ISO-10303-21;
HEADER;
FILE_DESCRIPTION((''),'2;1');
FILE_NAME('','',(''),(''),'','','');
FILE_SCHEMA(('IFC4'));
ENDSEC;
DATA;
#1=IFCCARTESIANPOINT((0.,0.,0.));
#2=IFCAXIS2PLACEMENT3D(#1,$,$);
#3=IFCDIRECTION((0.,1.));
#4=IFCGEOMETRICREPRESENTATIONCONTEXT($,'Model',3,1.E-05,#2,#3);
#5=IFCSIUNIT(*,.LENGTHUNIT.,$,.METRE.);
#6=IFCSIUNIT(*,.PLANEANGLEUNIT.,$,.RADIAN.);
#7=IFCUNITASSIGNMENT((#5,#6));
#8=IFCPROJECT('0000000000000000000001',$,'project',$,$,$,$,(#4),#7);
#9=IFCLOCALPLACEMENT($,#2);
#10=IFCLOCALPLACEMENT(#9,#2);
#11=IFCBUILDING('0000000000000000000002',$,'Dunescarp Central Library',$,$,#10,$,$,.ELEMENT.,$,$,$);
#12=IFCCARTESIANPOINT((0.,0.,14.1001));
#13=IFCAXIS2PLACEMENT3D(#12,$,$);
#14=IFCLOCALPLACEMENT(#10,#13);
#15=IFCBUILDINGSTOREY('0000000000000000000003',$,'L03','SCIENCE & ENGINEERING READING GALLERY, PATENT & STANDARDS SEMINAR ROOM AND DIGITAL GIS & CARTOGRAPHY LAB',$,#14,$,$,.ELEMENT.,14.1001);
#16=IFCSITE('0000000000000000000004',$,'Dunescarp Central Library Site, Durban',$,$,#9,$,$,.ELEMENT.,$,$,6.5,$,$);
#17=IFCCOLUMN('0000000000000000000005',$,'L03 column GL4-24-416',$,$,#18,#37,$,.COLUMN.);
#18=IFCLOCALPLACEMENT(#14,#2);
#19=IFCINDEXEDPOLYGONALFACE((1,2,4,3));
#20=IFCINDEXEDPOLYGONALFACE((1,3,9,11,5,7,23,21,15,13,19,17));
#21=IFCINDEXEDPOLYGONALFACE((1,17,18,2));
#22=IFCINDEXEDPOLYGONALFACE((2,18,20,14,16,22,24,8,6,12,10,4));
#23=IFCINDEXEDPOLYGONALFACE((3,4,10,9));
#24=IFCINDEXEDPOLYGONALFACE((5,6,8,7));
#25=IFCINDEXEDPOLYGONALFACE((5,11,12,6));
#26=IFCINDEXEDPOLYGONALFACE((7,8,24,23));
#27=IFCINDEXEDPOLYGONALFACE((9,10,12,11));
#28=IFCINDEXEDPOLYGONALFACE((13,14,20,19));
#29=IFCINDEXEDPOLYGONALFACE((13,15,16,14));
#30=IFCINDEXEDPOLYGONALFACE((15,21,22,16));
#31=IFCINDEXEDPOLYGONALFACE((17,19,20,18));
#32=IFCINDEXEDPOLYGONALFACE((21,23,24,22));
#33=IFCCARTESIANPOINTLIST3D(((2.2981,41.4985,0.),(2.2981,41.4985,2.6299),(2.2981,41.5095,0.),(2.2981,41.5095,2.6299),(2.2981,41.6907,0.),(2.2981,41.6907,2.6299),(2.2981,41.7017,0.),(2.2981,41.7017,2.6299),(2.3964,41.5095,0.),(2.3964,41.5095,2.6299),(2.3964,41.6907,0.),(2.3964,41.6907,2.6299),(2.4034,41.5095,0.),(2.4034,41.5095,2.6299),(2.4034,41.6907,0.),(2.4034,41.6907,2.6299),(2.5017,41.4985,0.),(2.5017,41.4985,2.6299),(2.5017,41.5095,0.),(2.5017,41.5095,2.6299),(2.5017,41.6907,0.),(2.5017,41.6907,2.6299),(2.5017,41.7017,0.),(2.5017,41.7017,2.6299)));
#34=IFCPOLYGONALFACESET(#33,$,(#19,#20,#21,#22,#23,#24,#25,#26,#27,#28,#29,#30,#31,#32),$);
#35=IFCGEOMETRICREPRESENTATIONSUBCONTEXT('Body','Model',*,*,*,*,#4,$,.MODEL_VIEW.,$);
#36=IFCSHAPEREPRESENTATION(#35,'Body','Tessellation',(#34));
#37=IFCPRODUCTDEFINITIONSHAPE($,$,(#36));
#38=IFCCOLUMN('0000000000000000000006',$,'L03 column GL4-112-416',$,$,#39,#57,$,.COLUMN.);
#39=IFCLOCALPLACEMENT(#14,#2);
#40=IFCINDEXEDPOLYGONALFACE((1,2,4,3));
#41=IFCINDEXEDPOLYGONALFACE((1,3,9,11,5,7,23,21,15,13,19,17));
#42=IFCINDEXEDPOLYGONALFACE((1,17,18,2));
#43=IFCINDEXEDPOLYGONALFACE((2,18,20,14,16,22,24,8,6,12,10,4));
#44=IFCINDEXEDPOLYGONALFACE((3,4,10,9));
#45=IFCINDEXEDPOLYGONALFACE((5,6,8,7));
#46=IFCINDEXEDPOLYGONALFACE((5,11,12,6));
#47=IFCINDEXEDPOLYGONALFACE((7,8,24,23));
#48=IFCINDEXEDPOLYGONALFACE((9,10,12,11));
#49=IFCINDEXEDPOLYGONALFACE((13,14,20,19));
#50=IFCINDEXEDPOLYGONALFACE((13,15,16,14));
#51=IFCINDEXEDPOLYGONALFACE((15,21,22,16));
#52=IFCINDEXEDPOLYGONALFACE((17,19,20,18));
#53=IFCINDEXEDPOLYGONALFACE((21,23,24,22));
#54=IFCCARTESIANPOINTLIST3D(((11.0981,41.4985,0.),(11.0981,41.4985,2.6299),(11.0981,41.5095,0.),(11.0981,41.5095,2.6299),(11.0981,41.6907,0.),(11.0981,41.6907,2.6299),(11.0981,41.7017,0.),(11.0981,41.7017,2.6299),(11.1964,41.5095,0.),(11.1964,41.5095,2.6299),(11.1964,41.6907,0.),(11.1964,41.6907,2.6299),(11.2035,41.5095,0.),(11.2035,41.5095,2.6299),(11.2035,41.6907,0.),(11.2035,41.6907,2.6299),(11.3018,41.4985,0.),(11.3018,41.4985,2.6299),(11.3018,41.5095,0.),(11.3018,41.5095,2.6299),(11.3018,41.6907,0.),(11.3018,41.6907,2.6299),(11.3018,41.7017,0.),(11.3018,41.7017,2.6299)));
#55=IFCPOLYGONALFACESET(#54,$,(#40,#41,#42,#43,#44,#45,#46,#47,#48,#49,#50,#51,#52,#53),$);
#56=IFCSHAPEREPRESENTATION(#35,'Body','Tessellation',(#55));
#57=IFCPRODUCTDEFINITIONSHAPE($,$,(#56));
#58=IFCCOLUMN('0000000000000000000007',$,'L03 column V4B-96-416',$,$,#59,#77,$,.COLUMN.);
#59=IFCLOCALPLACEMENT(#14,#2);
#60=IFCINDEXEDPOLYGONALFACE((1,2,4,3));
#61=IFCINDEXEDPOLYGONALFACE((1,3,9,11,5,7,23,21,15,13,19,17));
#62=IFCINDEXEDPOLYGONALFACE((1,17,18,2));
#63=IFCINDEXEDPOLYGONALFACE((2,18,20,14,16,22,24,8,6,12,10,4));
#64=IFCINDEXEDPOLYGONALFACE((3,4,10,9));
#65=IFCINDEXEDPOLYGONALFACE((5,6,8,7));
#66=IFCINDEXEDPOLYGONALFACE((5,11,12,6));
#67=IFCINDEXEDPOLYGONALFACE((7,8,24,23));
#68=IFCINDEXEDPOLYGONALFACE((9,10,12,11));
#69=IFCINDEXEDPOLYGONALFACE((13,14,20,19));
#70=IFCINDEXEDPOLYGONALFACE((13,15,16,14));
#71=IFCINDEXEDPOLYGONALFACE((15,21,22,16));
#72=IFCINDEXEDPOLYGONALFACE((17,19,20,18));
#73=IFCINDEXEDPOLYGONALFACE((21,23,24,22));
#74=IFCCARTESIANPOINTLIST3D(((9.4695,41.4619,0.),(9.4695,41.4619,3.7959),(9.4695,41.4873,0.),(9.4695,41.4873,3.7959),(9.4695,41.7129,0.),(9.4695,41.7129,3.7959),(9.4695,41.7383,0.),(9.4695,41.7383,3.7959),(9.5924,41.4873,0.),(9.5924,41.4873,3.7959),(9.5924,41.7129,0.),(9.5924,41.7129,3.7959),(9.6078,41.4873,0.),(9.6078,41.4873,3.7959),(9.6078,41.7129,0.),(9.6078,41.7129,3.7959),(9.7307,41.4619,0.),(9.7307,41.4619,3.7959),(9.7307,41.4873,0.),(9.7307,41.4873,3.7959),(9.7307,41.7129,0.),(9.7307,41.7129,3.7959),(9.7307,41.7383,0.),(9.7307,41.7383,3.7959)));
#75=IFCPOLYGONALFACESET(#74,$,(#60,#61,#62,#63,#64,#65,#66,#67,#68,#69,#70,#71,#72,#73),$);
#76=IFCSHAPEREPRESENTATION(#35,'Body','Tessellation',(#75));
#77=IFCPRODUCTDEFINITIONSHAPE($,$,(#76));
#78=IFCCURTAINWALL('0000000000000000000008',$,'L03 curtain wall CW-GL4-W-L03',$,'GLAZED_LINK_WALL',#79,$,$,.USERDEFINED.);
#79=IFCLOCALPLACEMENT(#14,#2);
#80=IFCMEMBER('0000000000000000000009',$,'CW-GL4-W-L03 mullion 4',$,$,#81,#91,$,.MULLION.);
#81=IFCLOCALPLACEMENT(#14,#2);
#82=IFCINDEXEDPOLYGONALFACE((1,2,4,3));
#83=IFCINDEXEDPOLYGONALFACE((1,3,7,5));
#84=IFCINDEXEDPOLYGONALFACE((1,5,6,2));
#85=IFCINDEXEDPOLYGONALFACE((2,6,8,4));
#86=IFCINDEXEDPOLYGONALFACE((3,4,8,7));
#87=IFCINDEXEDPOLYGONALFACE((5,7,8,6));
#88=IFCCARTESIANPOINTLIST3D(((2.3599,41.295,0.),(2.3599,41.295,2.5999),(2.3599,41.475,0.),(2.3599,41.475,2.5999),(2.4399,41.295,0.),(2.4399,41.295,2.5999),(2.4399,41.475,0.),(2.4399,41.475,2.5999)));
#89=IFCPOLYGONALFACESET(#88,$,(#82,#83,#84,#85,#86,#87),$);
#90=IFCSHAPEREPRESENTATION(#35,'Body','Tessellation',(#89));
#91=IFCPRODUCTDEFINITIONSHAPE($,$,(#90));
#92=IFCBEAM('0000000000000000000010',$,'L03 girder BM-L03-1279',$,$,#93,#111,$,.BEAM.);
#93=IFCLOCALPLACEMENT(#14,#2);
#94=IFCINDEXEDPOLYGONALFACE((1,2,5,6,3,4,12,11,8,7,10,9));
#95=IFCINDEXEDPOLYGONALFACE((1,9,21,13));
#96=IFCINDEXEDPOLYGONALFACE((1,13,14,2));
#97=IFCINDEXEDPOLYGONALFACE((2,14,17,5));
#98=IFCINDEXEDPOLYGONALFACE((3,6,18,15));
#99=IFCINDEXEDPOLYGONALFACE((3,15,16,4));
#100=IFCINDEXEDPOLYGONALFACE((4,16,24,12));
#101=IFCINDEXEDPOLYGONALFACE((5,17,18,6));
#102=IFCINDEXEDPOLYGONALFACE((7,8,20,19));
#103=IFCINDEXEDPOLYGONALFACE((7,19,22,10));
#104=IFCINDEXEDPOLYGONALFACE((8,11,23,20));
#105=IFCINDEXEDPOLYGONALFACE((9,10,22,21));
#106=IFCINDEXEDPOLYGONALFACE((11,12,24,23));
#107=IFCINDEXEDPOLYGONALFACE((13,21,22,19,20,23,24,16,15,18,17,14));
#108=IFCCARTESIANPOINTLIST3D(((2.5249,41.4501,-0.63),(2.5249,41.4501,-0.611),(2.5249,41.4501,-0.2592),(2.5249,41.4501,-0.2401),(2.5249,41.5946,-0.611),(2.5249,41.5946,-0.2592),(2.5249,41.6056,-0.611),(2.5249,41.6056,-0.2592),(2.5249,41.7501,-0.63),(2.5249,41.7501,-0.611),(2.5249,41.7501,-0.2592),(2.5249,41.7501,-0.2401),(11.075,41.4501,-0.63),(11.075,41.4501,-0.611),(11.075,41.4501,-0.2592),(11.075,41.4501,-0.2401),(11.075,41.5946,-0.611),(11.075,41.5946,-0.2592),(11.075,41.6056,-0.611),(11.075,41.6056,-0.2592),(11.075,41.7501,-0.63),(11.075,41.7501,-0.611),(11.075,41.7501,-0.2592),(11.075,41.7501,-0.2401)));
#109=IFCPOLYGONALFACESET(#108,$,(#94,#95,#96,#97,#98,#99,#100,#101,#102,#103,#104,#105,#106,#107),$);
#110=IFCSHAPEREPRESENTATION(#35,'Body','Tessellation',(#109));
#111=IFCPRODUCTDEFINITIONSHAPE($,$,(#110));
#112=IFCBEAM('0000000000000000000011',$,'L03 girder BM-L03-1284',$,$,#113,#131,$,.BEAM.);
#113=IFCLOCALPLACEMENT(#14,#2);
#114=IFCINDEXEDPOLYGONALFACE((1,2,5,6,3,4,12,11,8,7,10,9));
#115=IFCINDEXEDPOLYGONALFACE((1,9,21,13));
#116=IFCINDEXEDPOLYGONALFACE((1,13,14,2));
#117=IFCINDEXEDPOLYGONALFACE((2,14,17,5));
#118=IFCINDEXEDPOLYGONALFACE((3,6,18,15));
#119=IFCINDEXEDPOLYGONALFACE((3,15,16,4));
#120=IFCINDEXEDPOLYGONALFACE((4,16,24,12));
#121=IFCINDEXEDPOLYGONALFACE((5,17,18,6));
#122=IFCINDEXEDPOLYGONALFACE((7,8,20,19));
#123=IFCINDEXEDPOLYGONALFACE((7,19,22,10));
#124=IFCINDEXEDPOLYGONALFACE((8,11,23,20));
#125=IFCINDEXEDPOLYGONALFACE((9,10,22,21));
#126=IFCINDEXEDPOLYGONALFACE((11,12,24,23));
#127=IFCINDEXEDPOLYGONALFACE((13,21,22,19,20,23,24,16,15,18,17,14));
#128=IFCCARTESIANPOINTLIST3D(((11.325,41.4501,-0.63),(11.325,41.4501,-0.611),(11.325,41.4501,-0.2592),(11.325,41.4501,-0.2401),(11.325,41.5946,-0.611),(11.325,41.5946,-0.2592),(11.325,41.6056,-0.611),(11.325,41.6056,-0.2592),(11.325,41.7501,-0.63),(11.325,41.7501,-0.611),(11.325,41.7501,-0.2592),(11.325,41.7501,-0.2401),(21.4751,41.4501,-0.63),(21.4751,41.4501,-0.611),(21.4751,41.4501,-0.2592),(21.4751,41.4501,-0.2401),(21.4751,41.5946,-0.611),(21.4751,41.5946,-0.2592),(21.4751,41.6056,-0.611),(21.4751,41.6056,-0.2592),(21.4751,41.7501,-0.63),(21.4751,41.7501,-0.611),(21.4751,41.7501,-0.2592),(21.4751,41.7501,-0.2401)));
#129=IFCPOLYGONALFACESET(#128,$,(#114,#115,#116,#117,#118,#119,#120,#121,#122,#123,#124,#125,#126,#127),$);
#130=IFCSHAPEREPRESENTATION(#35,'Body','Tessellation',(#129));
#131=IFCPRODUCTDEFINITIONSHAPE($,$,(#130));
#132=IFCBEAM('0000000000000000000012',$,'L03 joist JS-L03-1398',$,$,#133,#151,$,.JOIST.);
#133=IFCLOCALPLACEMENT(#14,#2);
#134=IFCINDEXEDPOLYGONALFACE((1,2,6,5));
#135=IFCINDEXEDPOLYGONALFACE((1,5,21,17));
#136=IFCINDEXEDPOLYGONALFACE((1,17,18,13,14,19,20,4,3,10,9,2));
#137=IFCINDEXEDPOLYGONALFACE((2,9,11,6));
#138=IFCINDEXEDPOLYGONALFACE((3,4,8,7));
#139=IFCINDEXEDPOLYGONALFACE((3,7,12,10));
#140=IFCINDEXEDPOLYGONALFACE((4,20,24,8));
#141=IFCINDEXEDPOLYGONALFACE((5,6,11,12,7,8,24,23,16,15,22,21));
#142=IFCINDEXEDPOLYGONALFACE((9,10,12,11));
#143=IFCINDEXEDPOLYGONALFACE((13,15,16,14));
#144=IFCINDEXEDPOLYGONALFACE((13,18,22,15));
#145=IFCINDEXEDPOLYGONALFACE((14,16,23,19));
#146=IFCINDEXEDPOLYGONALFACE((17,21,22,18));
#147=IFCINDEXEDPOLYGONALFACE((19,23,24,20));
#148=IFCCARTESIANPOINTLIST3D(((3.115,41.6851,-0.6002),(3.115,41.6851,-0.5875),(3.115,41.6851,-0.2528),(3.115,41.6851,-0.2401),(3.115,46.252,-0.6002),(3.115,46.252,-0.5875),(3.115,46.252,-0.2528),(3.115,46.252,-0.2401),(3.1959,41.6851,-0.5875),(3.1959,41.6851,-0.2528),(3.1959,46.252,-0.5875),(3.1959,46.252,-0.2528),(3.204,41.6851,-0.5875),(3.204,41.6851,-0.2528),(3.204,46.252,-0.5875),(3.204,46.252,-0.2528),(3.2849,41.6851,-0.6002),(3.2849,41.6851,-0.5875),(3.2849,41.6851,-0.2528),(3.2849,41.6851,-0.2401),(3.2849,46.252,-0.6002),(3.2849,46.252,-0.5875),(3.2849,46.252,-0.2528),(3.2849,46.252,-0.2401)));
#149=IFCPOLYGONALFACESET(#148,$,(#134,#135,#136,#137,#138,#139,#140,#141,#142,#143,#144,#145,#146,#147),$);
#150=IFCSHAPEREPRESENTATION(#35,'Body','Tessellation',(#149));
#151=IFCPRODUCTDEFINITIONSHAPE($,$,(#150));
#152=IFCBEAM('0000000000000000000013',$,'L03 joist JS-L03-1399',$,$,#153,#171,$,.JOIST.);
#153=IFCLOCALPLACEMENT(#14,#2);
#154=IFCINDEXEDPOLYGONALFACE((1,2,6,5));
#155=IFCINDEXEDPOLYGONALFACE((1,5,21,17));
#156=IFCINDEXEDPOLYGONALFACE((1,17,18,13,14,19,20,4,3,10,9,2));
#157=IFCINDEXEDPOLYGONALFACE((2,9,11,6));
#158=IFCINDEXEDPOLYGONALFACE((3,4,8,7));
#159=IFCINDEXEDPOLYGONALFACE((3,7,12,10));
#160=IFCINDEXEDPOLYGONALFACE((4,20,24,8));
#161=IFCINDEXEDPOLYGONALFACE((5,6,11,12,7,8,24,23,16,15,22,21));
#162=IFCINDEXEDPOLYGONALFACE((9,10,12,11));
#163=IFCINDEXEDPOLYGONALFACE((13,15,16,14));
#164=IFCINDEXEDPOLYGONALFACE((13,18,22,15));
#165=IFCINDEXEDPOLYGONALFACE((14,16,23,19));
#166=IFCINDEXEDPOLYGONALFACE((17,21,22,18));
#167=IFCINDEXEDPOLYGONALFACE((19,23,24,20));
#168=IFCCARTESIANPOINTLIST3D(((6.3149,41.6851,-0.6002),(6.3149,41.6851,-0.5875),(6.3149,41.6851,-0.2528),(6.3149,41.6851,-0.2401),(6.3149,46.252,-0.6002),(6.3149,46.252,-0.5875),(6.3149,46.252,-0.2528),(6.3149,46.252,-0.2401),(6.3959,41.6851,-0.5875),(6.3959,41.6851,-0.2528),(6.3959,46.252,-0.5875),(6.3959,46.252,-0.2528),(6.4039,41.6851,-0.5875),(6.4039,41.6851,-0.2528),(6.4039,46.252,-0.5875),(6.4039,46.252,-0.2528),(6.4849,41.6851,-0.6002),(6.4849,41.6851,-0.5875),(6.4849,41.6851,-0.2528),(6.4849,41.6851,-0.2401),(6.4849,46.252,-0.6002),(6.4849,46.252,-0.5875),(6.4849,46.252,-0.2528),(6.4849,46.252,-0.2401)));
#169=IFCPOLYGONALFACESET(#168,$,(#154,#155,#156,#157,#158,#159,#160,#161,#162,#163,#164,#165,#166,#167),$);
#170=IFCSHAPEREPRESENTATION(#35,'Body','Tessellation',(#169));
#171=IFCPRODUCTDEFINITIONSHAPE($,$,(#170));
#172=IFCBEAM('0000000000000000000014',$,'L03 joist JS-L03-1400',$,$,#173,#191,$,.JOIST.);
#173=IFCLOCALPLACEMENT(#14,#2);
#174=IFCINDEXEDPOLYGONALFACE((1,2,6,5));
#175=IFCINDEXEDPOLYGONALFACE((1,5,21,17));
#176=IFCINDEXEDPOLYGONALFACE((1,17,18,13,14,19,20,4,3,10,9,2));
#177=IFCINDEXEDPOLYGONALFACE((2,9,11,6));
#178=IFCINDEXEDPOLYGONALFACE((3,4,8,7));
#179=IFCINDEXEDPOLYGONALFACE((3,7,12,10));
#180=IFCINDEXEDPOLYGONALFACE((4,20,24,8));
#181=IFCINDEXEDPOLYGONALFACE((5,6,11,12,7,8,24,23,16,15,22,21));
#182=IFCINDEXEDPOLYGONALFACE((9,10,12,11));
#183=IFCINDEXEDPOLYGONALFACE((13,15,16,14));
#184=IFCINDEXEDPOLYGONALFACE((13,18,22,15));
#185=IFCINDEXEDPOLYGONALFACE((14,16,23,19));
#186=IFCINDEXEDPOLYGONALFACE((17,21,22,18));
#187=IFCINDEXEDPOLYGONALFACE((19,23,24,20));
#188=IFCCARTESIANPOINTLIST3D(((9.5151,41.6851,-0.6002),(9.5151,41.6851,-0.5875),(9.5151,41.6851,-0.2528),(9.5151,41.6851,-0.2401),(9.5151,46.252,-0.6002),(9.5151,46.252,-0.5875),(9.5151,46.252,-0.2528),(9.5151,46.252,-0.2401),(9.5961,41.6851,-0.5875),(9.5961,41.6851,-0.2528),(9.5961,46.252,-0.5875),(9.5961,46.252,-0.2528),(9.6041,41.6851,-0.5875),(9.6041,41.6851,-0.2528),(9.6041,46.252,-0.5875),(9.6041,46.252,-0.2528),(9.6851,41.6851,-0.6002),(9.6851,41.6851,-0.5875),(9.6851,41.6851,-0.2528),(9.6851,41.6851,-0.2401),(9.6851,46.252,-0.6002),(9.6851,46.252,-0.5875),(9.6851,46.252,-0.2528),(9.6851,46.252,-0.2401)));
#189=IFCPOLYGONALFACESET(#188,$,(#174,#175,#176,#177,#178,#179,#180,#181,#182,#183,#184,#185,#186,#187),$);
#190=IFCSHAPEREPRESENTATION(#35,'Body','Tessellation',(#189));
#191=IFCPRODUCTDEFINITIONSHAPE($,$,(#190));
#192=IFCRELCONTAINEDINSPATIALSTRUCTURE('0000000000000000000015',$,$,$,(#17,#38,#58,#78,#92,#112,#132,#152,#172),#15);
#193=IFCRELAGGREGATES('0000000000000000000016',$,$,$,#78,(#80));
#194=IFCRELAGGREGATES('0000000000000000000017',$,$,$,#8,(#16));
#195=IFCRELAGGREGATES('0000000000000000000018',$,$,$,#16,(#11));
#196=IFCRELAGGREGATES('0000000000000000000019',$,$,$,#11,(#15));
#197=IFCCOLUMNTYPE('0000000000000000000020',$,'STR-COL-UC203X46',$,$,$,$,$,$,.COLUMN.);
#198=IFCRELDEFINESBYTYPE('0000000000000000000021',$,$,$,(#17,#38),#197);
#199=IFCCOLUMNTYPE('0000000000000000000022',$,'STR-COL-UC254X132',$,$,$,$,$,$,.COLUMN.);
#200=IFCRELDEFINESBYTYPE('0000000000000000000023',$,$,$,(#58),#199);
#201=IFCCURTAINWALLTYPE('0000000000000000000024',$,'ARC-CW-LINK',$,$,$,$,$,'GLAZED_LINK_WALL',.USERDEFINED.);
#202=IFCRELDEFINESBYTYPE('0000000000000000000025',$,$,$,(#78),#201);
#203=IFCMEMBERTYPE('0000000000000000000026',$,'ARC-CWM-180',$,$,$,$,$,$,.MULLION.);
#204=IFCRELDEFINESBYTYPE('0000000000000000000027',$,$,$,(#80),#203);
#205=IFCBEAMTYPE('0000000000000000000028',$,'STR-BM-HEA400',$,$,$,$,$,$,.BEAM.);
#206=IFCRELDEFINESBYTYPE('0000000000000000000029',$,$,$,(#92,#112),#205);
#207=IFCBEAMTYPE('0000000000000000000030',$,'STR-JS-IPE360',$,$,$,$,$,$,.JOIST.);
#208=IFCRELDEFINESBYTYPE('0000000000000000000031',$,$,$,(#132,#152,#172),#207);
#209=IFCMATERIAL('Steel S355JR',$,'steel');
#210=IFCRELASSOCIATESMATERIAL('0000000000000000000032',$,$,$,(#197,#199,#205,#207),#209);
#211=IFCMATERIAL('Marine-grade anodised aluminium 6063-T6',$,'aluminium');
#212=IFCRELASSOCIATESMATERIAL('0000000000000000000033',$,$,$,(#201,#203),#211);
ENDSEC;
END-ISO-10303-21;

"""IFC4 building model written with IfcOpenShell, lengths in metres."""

from ifc_helpers import new_model, si_unit, direction, frame, origin, origin_2d, place, context, subcontext, project, spatial, rectangle, i_section, extrude, material, material_profile, profile_set, type_object, element, aggregate, save


model = new_model("IFC4")

# Units and contexts
model_context = context("Model", 3, precision=1e-05, world=origin(), true_north=direction((0.0, 1.0)))
body_context = subcontext(model_context, "Body", "Model", "MODEL_VIEW")
ifc_project = project(units=[si_unit("LENGTHUNIT", "METRE"), si_unit("PLANEANGLEUNIT", "RADIAN")], contexts=[model_context])

# Site, building, storey
site_placement = place(None, origin())
site = spatial("IfcSite", under=ifc_project, at=site_placement, Name="Dunescarp Central Library Site, Durban", CompositionType="ELEMENT", RefElevation=6.5)
building_placement = place(site_placement, origin())
building = spatial("IfcBuilding", under=site, at=building_placement, Name="Dunescarp Central Library", CompositionType="ELEMENT")
storey_placement = place(building_placement, frame((0.0, 0.0, 14.1001)))
storey = spatial("IfcBuildingStorey", under=building, at=storey_placement, Name="L03", Description="SCIENCE & ENGINEERING READING GALLERY, PATENT & STANDARDS SEMINAR ROOM AND DIGITAL GIS & CARTOGRAPHY LAB", CompositionType="ELEMENT", Elevation=14.1001)

# Columns
ifc_material_1 = material(Name="Steel S355JR", Category="steel")
ifc_material_profile_1 = material_profile(ifc_material_1, i_section(OverallWidth=0.2036, OverallDepth=0.2031, WebThickness=0.0071, FlangeThickness=0.011, at=origin_2d()), Name="UC 203x203x46")
ifc_profile_set_1 = profile_set([ifc_material_profile_1], Name="Steel S355JR")
column_type_1 = type_object("IfcColumnType", Name="STR-COL-UC203X46", PredefinedType="COLUMN", material=ifc_profile_set_1)
for number, where, z_axis, x_axis, name in (
    (1, (2.3999, 41.6001, 0.0), (0.0, 0.0, 1.0), (1.0, 0.0, 0.0), "L03 column GL4-24-416"),
    (2, (11.2, 41.6001, 0.0), (0.0, 0.0, 1.0), (1.0, 0.0, 0.0), "L03 column GL4-112-416"),
):
    element("IfcColumn", number, at=place(storey_placement, frame(where, z_axis=z_axis, x_axis=x_axis)), inside=storey, type_object=column_type_1, Name=name, PredefinedType="COLUMN", context=body_context, shape_type="SweptSolid", body=[
        extrude(i_section(OverallWidth=0.2036, OverallDepth=0.2031, WebThickness=0.0071, FlangeThickness=0.011, at=origin_2d()), origin(), (0.0, 0.0, 1.0), 2.6299),
    ])
ifc_material_profile_2 = material_profile(ifc_material_1, i_section(OverallWidth=0.2612, OverallDepth=0.2764, WebThickness=0.0154, FlangeThickness=0.0254, at=origin_2d()), Name="UC 254x254x132")
ifc_profile_set_2 = profile_set([ifc_material_profile_2], Name="Steel S355JR")
column_type_2 = type_object("IfcColumnType", Name="STR-COL-UC254X132", PredefinedType="COLUMN", material=ifc_profile_set_2)
column_placement = place(storey_placement, frame((9.6001, 41.6001, 0.0), z_axis=(0.0, 0.0, 1.0), x_axis=(1.0, 0.0, 0.0)))
element("IfcColumn", 3, at=column_placement, inside=storey, type_object=column_type_2, Name="L03 column V4B-96-416", PredefinedType="COLUMN", context=body_context, shape_type="SweptSolid", body=[
    extrude(i_section(OverallWidth=0.2612, OverallDepth=0.2764, WebThickness=0.0154, FlangeThickness=0.0254, at=origin_2d()), origin(), (0.0, 0.0, 1.0), 3.7959),
])

# Curtain wall, member
ifc_material_2 = material(Name="Marine-grade anodised aluminium 6063-T6", Category="aluminium")
curtain_wall_type = type_object("IfcCurtainWallType", Name="ARC-CW-LINK", ElementType="GLAZED_LINK_WALL", PredefinedType="USERDEFINED", material=ifc_material_2)
curtain_wall_placement = place(storey_placement, origin())
curtain_wall = element("IfcCurtainWall", 4, at=curtain_wall_placement, inside=storey, type_object=curtain_wall_type, Name="L03 curtain wall CW-GL4-W-L03", ObjectType="GLAZED_LINK_WALL", PredefinedType="USERDEFINED")
ifc_material_profile_3 = material_profile(ifc_material_2, rectangle(XDim=0.0801, YDim=0.1799, at=origin_2d()), Name="AL 80x180")
ifc_profile_set_3 = profile_set([ifc_material_profile_3], Name="Marine-grade anodised aluminium 6063-T6")
member_type = type_object("IfcMemberType", Name="ARC-CWM-180", PredefinedType="MULLION", material=ifc_profile_set_3)
member_placement = place(storey_placement, frame((2.3999, 41.385, 0.0), z_axis=(0.0, 0.0, 1.0), x_axis=(-1.0, 0.0, 0.0)))
member = element("IfcMember", 5, at=member_placement, type_object=member_type, Name="CW-GL4-W-L03 mullion 4", PredefinedType="MULLION", context=body_context, shape_type="SweptSolid", body=[
    extrude(rectangle(XDim=0.0801, YDim=0.1799, at=origin_2d()), origin(), (0.0, 0.0, 1.0), 2.5999),
])
aggregate(curtain_wall, [member])

# Beams
ifc_material_profile_4 = material_profile(ifc_material_1, i_section(OverallWidth=0.3, OverallDepth=0.3899, WebThickness=0.011, FlangeThickness=0.019, at=origin_2d()), Name="HEA 400")
ifc_profile_set_4 = profile_set([ifc_material_profile_4], Name="Steel S355JR")
beam_type_1 = type_object("IfcBeamType", Name="STR-BM-HEA400", PredefinedType="BEAM", material=ifc_profile_set_4)
beam_1_placement = place(storey_placement, frame((2.5249, 41.6001, -0.4351), z_axis=(1.0, 0.0, 0.0), x_axis=(0.0, 1.0, 0.0)))
element("IfcBeam", 6, at=beam_1_placement, inside=storey, type_object=beam_type_1, Name="L03 girder BM-L03-1279", PredefinedType="BEAM", context=body_context, shape_type="SweptSolid", body=[
    extrude(i_section(OverallWidth=0.3, OverallDepth=0.3899, WebThickness=0.011, FlangeThickness=0.019, at=origin_2d()), origin(), (0.0, 0.0, 1.0), 8.55),
])
beam_2_placement = place(storey_placement, frame((11.325, 41.6001, -0.4351), z_axis=(1.0, 0.0, 0.0), x_axis=(0.0, 1.0, 0.0)))
element("IfcBeam", 7, at=beam_2_placement, inside=storey, type_object=beam_type_1, Name="L03 girder BM-L03-1284", PredefinedType="BEAM", context=body_context, shape_type="SweptSolid", body=[
    extrude(i_section(OverallWidth=0.3, OverallDepth=0.3899, WebThickness=0.011, FlangeThickness=0.019, at=origin_2d()), origin(), (0.0, 0.0, 1.0), 10.1501),
])
ifc_material_profile_5 = material_profile(ifc_material_1, i_section(OverallWidth=0.1699, OverallDepth=0.3601, WebThickness=0.0081, FlangeThickness=0.0127, at=origin_2d()), Name="IPE 360")
ifc_profile_set_5 = profile_set([ifc_material_profile_5], Name="Steel S355JR")
beam_type_2 = type_object("IfcBeamType", Name="STR-JS-IPE360", PredefinedType="JOIST", material=ifc_profile_set_5)
for number, where, z_axis, x_axis, name in (
    (8, (3.2, 41.6851, -0.4202), (0.0, 1.0, 0.0), (-1.0, 0.0, 0.0), "L03 joist JS-L03-1398"),
    (9, (6.3999, 41.6851, -0.4202), (0.0, 1.0, 0.0), (-1.0, 0.0, 0.0), "L03 joist JS-L03-1399"),
    (10, (9.6001, 41.6851, -0.4202), (0.0, 1.0, 0.0), (-1.0, 0.0, 0.0), "L03 joist JS-L03-1400"),
):
    element("IfcBeam", number, at=place(storey_placement, frame(where, z_axis=z_axis, x_axis=x_axis)), inside=storey, type_object=beam_type_2, Name=name, PredefinedType="JOIST", context=body_context, shape_type="SweptSolid", body=[
        extrude(i_section(OverallWidth=0.1699, OverallDepth=0.3601, WebThickness=0.0081, FlangeThickness=0.0127, at=origin_2d()), origin(), (0.0, 0.0, 1.0), 4.5669),
    ])

save(model, "model.ifc")
